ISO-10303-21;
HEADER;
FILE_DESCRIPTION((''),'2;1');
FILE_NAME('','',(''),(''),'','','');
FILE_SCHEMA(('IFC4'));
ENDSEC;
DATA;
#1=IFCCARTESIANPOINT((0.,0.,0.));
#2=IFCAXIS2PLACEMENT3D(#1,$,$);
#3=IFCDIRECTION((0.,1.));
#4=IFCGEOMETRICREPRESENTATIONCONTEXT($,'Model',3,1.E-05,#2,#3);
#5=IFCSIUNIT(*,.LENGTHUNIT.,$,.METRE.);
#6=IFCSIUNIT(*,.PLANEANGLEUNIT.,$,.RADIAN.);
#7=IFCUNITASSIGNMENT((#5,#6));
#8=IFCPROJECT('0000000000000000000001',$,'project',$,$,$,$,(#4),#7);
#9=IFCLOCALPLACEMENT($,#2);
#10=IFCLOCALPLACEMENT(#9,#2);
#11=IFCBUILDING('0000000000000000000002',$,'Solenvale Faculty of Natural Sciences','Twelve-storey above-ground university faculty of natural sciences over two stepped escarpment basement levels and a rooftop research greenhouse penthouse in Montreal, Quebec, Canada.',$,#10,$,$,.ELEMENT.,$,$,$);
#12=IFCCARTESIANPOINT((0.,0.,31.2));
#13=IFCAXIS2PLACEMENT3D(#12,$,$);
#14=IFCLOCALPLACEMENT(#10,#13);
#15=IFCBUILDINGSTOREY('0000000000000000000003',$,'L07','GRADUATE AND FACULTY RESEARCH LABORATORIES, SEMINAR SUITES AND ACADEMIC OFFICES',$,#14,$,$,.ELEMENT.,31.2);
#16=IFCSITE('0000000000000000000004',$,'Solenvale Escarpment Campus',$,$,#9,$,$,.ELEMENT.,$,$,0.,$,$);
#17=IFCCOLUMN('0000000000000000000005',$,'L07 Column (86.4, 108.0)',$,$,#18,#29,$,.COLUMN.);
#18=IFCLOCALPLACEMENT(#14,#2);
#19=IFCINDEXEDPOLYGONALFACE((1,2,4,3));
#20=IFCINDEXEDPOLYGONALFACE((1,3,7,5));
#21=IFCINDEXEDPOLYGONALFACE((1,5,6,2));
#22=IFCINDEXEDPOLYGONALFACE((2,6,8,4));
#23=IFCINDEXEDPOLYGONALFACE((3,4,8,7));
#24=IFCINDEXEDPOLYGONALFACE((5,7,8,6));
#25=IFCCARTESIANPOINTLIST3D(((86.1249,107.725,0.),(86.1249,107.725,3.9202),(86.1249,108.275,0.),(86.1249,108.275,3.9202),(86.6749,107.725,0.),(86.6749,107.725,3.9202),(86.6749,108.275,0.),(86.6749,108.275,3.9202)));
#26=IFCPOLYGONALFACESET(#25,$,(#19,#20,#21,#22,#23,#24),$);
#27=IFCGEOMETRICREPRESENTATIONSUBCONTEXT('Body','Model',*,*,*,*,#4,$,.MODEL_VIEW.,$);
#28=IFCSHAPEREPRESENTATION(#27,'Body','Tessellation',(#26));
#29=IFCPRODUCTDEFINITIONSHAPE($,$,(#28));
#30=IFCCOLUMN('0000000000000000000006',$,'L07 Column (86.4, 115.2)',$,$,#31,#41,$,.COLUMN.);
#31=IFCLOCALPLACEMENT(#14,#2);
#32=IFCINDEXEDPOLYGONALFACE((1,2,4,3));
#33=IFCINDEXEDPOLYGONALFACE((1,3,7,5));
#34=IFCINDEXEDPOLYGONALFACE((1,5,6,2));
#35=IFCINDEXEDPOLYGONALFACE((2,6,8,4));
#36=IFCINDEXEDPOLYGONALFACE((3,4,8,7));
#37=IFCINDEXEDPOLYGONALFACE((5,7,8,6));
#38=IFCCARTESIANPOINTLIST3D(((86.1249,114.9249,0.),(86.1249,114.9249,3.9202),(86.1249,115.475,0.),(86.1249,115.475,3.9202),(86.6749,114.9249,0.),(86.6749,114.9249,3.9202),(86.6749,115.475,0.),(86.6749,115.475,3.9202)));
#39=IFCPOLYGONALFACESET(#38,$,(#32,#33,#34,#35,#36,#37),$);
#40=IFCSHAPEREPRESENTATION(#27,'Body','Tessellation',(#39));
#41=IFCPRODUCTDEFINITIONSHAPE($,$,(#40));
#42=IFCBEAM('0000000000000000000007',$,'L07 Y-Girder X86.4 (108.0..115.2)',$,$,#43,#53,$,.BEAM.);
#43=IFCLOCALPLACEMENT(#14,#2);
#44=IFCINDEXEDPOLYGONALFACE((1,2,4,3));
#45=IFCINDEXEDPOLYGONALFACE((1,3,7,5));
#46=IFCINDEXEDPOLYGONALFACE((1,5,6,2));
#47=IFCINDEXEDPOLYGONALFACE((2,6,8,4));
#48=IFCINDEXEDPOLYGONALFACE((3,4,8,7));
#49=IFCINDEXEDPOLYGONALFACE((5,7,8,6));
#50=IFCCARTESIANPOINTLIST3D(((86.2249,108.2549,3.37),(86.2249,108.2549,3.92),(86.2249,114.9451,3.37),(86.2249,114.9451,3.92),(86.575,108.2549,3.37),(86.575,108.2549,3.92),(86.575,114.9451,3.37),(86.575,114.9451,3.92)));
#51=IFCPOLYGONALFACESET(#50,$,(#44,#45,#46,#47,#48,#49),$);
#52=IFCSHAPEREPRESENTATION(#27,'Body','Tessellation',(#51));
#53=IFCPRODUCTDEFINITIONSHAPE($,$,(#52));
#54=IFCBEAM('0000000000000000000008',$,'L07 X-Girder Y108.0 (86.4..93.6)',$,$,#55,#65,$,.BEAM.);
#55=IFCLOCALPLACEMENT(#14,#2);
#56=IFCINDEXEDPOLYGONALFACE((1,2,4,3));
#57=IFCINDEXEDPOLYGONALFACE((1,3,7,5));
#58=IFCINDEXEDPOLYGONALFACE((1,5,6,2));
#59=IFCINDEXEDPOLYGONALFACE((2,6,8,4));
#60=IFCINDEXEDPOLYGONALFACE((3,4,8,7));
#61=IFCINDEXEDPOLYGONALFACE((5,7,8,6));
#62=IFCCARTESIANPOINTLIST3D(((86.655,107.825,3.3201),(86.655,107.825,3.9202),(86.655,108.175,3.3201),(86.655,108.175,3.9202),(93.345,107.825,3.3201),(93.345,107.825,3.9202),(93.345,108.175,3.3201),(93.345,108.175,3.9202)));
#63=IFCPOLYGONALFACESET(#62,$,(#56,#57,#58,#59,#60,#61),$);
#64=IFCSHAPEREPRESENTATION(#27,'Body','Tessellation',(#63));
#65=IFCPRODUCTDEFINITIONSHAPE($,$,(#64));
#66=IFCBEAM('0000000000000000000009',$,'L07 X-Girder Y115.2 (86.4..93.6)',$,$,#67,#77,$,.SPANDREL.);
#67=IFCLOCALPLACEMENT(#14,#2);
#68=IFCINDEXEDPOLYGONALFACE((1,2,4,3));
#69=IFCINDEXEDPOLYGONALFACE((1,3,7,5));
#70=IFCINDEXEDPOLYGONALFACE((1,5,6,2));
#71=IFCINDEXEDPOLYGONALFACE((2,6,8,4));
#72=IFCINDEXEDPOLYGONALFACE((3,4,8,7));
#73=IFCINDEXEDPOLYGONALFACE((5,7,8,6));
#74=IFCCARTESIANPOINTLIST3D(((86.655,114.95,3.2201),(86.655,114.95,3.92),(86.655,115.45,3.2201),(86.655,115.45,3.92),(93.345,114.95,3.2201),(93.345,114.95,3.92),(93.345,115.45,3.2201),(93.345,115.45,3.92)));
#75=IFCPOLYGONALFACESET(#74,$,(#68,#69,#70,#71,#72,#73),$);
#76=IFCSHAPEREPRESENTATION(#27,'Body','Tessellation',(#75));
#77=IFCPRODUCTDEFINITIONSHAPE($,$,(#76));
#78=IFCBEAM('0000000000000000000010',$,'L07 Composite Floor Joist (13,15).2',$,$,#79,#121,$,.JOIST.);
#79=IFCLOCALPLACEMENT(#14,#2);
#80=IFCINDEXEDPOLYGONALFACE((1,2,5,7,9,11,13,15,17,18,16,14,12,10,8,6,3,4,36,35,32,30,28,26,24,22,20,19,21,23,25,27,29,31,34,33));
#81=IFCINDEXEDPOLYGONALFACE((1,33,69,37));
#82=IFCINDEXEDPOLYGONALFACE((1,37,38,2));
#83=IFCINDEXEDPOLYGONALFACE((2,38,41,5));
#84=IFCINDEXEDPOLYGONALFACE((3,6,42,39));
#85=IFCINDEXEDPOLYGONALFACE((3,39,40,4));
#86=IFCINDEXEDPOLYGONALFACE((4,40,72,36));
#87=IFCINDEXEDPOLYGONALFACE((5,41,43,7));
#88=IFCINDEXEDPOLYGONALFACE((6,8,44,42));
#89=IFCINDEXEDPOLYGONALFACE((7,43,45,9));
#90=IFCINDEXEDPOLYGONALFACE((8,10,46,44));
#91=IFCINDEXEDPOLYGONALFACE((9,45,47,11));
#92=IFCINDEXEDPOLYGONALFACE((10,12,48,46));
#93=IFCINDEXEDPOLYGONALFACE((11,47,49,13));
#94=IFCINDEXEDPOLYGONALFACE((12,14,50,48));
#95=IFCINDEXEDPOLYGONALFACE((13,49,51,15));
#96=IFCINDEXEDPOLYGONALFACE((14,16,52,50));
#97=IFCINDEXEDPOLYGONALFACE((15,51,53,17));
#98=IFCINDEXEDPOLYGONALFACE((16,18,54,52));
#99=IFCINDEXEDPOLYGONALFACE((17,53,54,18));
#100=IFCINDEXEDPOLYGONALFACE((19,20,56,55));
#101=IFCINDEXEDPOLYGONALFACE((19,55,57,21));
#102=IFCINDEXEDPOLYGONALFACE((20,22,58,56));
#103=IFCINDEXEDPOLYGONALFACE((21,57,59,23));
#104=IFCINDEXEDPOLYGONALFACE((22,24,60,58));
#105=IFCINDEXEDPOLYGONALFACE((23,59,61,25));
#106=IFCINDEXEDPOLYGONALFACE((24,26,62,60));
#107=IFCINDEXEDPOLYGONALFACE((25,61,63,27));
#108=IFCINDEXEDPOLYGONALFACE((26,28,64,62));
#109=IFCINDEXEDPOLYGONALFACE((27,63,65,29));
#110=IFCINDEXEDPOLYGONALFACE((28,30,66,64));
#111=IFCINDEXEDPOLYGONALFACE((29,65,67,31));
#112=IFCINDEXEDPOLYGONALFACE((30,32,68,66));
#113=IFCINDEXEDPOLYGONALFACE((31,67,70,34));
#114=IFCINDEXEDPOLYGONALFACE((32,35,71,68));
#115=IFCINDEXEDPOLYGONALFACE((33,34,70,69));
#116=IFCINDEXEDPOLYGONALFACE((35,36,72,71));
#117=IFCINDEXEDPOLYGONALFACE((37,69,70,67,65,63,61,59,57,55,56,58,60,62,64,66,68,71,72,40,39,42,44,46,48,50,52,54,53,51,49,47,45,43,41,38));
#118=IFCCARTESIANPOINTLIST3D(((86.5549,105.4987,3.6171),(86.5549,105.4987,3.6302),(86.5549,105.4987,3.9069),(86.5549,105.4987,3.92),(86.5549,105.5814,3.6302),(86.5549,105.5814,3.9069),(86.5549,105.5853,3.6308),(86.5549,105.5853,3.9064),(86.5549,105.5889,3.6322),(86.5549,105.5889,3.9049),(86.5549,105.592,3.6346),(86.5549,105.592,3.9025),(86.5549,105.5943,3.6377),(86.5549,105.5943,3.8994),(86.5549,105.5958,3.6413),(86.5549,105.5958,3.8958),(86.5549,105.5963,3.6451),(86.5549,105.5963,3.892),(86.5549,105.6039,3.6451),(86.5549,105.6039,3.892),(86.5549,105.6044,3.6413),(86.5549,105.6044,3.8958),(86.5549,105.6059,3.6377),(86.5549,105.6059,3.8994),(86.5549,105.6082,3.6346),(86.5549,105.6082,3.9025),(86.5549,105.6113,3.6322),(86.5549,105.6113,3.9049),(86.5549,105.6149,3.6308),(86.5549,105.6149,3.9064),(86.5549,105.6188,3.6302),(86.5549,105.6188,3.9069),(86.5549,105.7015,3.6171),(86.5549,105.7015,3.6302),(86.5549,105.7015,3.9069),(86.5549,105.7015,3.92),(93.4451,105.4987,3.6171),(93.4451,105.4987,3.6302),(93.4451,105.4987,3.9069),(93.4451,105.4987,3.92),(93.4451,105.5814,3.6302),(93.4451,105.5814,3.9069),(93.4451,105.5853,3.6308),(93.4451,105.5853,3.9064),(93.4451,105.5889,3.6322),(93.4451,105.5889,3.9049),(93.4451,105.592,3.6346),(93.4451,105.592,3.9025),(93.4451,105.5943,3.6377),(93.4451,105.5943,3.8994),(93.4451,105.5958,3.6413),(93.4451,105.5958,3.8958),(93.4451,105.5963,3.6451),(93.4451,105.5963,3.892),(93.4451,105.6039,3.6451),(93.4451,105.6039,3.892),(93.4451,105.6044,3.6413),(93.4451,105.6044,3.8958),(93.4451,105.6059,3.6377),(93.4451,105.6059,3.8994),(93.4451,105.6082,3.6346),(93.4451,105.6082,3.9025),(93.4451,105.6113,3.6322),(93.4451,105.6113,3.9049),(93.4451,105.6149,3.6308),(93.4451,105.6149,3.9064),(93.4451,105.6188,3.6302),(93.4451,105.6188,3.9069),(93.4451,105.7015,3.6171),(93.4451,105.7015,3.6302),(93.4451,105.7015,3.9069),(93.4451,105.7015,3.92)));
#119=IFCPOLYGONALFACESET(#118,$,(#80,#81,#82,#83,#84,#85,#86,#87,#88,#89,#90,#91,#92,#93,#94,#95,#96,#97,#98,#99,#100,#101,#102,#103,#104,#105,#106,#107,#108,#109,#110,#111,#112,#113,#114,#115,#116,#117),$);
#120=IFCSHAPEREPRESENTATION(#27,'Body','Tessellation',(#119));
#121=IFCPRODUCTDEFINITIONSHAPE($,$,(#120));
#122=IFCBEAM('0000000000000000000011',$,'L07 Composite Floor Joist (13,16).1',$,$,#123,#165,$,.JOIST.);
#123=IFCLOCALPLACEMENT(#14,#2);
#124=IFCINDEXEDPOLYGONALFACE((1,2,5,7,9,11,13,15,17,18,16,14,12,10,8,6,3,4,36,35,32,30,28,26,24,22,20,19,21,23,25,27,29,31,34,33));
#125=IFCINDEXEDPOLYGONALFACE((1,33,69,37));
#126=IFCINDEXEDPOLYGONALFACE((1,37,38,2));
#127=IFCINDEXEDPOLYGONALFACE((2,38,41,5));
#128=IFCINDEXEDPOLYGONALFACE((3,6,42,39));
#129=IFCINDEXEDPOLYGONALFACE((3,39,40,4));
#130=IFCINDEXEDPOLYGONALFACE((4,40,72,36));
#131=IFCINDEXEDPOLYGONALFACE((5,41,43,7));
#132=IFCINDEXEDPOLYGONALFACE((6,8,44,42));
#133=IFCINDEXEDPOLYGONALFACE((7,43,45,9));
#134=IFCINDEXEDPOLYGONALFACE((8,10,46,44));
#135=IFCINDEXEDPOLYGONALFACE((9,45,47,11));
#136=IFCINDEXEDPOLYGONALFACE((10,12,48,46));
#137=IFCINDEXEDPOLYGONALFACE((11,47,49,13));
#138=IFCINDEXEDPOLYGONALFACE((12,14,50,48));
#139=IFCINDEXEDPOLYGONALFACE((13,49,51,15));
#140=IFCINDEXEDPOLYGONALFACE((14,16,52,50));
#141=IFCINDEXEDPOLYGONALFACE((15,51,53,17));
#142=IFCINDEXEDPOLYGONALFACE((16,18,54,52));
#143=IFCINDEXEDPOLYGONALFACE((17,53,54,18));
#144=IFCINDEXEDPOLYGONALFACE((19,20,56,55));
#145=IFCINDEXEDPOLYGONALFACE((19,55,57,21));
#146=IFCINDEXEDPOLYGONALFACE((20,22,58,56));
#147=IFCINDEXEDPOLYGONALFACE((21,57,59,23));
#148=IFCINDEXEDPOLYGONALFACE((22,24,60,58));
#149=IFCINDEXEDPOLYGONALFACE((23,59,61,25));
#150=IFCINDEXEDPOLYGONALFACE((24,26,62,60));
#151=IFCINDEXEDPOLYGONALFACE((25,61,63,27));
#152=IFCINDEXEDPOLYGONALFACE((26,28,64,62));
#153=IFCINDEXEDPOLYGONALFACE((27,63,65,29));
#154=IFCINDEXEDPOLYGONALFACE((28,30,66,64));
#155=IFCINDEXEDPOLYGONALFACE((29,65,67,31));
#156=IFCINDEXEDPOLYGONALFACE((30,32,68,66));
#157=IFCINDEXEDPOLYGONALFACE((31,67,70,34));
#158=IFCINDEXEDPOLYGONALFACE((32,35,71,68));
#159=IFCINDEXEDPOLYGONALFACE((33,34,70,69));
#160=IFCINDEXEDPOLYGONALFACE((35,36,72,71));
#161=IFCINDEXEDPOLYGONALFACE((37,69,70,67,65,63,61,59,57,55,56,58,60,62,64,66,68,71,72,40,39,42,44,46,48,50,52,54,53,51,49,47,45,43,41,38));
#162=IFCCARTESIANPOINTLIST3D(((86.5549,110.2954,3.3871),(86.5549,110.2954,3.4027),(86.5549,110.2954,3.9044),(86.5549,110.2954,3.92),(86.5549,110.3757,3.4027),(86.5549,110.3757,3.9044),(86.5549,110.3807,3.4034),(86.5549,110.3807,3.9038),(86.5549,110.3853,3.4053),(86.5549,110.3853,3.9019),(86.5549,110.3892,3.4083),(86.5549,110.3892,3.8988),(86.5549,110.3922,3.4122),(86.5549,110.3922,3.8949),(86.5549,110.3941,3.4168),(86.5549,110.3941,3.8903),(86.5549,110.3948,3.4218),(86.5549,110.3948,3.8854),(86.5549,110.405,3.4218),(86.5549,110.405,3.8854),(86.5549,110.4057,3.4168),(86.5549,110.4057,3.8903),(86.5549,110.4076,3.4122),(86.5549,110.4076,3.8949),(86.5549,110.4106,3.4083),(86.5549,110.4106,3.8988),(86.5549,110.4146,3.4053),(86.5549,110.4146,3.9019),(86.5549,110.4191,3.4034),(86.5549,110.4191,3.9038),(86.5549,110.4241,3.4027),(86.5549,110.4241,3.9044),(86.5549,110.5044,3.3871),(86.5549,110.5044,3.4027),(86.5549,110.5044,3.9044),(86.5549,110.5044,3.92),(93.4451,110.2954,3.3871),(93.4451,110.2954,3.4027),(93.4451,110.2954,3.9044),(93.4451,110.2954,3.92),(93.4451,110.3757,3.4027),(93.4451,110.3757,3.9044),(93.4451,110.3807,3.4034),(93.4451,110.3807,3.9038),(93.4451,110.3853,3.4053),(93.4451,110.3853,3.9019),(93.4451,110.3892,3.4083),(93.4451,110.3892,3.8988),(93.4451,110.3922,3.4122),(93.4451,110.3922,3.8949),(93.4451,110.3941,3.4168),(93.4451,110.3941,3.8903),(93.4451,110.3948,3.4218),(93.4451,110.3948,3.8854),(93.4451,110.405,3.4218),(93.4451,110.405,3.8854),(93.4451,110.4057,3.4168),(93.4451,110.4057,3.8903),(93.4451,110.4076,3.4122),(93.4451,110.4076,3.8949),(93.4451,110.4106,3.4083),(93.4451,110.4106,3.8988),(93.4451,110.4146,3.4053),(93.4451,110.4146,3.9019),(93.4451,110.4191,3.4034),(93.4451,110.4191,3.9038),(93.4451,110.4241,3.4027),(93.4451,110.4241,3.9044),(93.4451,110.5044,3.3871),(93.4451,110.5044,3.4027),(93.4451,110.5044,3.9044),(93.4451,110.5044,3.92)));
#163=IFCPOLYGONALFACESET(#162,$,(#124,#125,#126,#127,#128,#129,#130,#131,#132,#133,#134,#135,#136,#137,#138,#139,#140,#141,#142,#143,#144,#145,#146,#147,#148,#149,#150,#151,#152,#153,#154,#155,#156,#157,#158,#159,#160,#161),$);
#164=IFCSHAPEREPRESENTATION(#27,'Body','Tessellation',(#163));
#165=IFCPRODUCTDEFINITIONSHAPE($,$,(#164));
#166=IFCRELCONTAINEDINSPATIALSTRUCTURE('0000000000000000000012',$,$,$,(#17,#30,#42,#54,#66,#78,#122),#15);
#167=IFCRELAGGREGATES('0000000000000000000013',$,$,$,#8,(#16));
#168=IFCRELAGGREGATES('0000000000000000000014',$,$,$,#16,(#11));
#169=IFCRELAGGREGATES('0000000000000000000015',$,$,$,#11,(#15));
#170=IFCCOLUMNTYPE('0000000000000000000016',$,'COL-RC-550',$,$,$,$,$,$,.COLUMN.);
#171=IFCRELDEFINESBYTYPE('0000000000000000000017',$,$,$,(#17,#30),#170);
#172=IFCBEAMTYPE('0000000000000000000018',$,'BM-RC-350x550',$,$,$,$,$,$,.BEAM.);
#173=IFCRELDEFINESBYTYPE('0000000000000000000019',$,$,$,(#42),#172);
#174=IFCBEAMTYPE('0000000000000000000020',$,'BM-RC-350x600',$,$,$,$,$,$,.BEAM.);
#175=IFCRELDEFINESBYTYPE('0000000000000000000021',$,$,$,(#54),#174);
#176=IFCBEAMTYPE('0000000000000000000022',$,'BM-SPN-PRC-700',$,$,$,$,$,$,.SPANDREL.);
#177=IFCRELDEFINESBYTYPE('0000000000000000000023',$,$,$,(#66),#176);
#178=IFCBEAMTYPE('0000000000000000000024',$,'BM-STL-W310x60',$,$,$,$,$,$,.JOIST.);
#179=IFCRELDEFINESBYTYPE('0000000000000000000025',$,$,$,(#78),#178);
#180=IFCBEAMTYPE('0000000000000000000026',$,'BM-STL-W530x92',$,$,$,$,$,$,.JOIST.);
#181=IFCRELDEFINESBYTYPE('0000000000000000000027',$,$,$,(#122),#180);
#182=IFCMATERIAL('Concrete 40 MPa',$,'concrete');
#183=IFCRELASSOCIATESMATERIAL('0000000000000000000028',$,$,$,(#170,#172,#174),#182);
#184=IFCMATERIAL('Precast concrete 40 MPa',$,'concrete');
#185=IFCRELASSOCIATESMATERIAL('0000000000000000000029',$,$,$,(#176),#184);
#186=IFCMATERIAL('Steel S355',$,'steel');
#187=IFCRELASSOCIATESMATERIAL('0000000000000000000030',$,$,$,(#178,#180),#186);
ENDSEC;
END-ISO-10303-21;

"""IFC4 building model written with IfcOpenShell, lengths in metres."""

from ifc_helpers import new_model, si_unit, direction, frame, origin, origin_2d, place, context, subcontext, project, spatial, rectangle, i_section, extrude, material, material_profile, profile_set, type_object, element, save


model = new_model("IFC4")

# Units and contexts
model_context = context("Model", 3, precision=1e-05, world=origin(), true_north=direction((0.0, 1.0)))
body_context = subcontext(model_context, "Body", "Model", "MODEL_VIEW")
ifc_project = project(units=[si_unit("LENGTHUNIT", "METRE"), si_unit("PLANEANGLEUNIT", "RADIAN")], contexts=[model_context])

# Site, building, storey
site_placement = place(None, origin())
site = spatial("IfcSite", under=ifc_project, at=site_placement, Name="Solenvale Escarpment Campus", CompositionType="ELEMENT", RefElevation=0.0)
building_placement = place(site_placement, origin())
building = spatial("IfcBuilding", under=site, at=building_placement, Name="Solenvale Faculty of Natural Sciences", Description="Twelve-storey above-ground university faculty of natural sciences over two stepped escarpment basement levels and a rooftop research greenhouse penthouse in Montreal, Quebec, Canada.", CompositionType="ELEMENT")
storey_placement = place(building_placement, frame((0.0, 0.0, 31.2)))
storey = spatial("IfcBuildingStorey", under=building, at=storey_placement, Name="L07", Description="GRADUATE AND FACULTY RESEARCH LABORATORIES, SEMINAR SUITES AND ACADEMIC OFFICES", CompositionType="ELEMENT", Elevation=31.2)

# Columns
ifc_material_1 = material(Name="Concrete 40 MPa", Category="concrete")
ifc_material_profile_1 = material_profile(ifc_material_1, rectangle(XDim=0.55, YDim=0.55, at=origin_2d()), Name="RC-COL-550x550")
ifc_profile_set_1 = profile_set([ifc_material_profile_1], Name="Concrete 40 MPa")
column_type = type_object("IfcColumnType", Name="COL-RC-550", PredefinedType="COLUMN", material=ifc_profile_set_1)
for number, where, z_axis, x_axis, name in (
    (1, (86.3999, 108.0, 0.0), (0.0, 0.0, 1.0), (1.0, 0.0, 0.0), "L07 Column (86.4, 108.0)"),
    (2, (86.3999, 115.2, 0.0), (0.0, 0.0, 1.0), (1.0, 0.0, 0.0), "L07 Column (86.4, 115.2)"),
):
    element("IfcColumn", number, at=place(storey_placement, frame(where, z_axis=z_axis, x_axis=x_axis)), inside=storey, type_object=column_type, Name=name, PredefinedType="COLUMN", context=body_context, shape_type="SweptSolid", body=[
        extrude(rectangle(XDim=0.55, YDim=0.55, at=origin_2d()), origin(), (0.0, 0.0, 1.0), 3.9202),
    ])

# Beams
ifc_material_profile_2 = material_profile(ifc_material_1, rectangle(XDim=0.3501, YDim=0.55, at=origin_2d()), Name="RC-BM-350x550")
ifc_profile_set_2 = profile_set([ifc_material_profile_2], Name="Concrete 40 MPa")
beam_type_1 = type_object("IfcBeamType", Name="BM-RC-350x550", PredefinedType="BEAM", material=ifc_profile_set_2)
beam_1_placement = place(storey_placement, frame((86.3999, 108.2549, 3.645), z_axis=(0.0, 1.0, 0.0), x_axis=(-1.0, 0.0, 0.0)))
element("IfcBeam", 3, at=beam_1_placement, inside=storey, type_object=beam_type_1, Name="L07 Y-Girder X86.4 (108.0..115.2)", PredefinedType="BEAM", context=body_context, shape_type="SweptSolid", body=[
    extrude(rectangle(XDim=0.3501, YDim=0.55, at=origin_2d()), origin(), (0.0, 0.0, 1.0), 6.6902),
])
ifc_material_profile_3 = material_profile(ifc_material_1, rectangle(XDim=0.3501, YDim=0.6001, at=origin_2d()), Name="RC-BM-350x600")
ifc_profile_set_3 = profile_set([ifc_material_profile_3], Name="Concrete 40 MPa")
beam_type_2 = type_object("IfcBeamType", Name="BM-RC-350x600", PredefinedType="BEAM", material=ifc_profile_set_3)
beam_2_placement = place(storey_placement, frame((86.655, 108.0, 3.6201), z_axis=(1.0, 0.0, 0.0), x_axis=(0.0, 1.0, 0.0)))
element("IfcBeam", 4, at=beam_2_placement, inside=storey, type_object=beam_type_2, Name="L07 X-Girder Y108.0 (86.4..93.6)", PredefinedType="BEAM", context=body_context, shape_type="SweptSolid", body=[
    extrude(rectangle(XDim=0.3501, YDim=0.6001, at=origin_2d()), origin(), (0.0, 0.0, 1.0), 6.6899),
])
ifc_material_2 = material(Name="Precast concrete 40 MPa", Category="concrete")
ifc_material_profile_4 = material_profile(ifc_material_2, rectangle(XDim=0.5, YDim=0.7, at=origin_2d()), Name="RC-BM-500x700")
ifc_profile_set_4 = profile_set([ifc_material_profile_4], Name="Precast concrete 40 MPa")
beam_type_3 = type_object("IfcBeamType", Name="BM-SPN-PRC-700", PredefinedType="SPANDREL", material=ifc_profile_set_4)
beam_3_placement = place(storey_placement, frame((86.655, 115.2, 3.5701), z_axis=(1.0, 0.0, 0.0), x_axis=(0.0, 1.0, 0.0)))
element("IfcBeam", 5, at=beam_3_placement, inside=storey, type_object=beam_type_3, Name="L07 X-Girder Y115.2 (86.4..93.6)", PredefinedType="SPANDREL", context=body_context, shape_type="SweptSolid", body=[
    extrude(rectangle(XDim=0.5, YDim=0.7, at=origin_2d()), origin(), (0.0, 0.0, 1.0), 6.6899),
])
ifc_material_3 = material(Name="Steel S355", Category="steel")
ifc_material_profile_5 = material_profile(ifc_material_3, i_section(OverallWidth=0.2029, OverallDepth=0.303, WebThickness=0.0076, FlangeThickness=0.0132, FilletRadius=0.0149, at=origin_2d()), Name="W310x60")
ifc_profile_set_5 = profile_set([ifc_material_profile_5], Name="Steel S355")
beam_type_4 = type_object("IfcBeamType", Name="BM-STL-W310x60", PredefinedType="JOIST", material=ifc_profile_set_5)
beam_4_placement = place(storey_placement, frame((86.5549, 105.6001, 3.7686), z_axis=(1.0, 0.0, 0.0), x_axis=(0.0, 1.0, 0.0)))
element("IfcBeam", 6, at=beam_4_placement, inside=storey, type_object=beam_type_4, Name="L07 Composite Floor Joist (13,15).2", PredefinedType="JOIST", context=body_context, shape_type="SweptSolid", body=[
    extrude(i_section(OverallWidth=0.2029, OverallDepth=0.303, WebThickness=0.0076, FlangeThickness=0.0132, FilletRadius=0.0149, at=origin_2d()), origin(), (0.0, 0.0, 1.0), 6.8901),
])
ifc_material_profile_6 = material_profile(ifc_material_3, i_section(OverallWidth=0.209, OverallDepth=0.533, WebThickness=0.0103, FlangeThickness=0.0156, FilletRadius=0.019, at=origin_2d()), Name="W530x92")
ifc_profile_set_6 = profile_set([ifc_material_profile_6], Name="Steel S355")
beam_type_5 = type_object("IfcBeamType", Name="BM-STL-W530x92", PredefinedType="JOIST", material=ifc_profile_set_6)
for number, where, z_axis, x_axis, name in (
    (7, (86.5549, 110.3999, 3.6536), (1.0, 0.0, 0.0), (0.0, 1.0, 0.0), "L07 Composite Floor Joist (13,16).1"),
):
    element("IfcBeam", number, at=place(storey_placement, frame(where, z_axis=z_axis, x_axis=x_axis)), inside=storey, type_object=beam_type_5, Name=name, PredefinedType="JOIST", context=body_context, shape_type="SweptSolid", body=[
        extrude(i_section(OverallWidth=0.209, OverallDepth=0.533, WebThickness=0.0103, FlangeThickness=0.0156, FilletRadius=0.019, at=origin_2d()), origin(), (0.0, 0.0, 1.0), 6.8901),
    ])

save(model, "model.ifc")
